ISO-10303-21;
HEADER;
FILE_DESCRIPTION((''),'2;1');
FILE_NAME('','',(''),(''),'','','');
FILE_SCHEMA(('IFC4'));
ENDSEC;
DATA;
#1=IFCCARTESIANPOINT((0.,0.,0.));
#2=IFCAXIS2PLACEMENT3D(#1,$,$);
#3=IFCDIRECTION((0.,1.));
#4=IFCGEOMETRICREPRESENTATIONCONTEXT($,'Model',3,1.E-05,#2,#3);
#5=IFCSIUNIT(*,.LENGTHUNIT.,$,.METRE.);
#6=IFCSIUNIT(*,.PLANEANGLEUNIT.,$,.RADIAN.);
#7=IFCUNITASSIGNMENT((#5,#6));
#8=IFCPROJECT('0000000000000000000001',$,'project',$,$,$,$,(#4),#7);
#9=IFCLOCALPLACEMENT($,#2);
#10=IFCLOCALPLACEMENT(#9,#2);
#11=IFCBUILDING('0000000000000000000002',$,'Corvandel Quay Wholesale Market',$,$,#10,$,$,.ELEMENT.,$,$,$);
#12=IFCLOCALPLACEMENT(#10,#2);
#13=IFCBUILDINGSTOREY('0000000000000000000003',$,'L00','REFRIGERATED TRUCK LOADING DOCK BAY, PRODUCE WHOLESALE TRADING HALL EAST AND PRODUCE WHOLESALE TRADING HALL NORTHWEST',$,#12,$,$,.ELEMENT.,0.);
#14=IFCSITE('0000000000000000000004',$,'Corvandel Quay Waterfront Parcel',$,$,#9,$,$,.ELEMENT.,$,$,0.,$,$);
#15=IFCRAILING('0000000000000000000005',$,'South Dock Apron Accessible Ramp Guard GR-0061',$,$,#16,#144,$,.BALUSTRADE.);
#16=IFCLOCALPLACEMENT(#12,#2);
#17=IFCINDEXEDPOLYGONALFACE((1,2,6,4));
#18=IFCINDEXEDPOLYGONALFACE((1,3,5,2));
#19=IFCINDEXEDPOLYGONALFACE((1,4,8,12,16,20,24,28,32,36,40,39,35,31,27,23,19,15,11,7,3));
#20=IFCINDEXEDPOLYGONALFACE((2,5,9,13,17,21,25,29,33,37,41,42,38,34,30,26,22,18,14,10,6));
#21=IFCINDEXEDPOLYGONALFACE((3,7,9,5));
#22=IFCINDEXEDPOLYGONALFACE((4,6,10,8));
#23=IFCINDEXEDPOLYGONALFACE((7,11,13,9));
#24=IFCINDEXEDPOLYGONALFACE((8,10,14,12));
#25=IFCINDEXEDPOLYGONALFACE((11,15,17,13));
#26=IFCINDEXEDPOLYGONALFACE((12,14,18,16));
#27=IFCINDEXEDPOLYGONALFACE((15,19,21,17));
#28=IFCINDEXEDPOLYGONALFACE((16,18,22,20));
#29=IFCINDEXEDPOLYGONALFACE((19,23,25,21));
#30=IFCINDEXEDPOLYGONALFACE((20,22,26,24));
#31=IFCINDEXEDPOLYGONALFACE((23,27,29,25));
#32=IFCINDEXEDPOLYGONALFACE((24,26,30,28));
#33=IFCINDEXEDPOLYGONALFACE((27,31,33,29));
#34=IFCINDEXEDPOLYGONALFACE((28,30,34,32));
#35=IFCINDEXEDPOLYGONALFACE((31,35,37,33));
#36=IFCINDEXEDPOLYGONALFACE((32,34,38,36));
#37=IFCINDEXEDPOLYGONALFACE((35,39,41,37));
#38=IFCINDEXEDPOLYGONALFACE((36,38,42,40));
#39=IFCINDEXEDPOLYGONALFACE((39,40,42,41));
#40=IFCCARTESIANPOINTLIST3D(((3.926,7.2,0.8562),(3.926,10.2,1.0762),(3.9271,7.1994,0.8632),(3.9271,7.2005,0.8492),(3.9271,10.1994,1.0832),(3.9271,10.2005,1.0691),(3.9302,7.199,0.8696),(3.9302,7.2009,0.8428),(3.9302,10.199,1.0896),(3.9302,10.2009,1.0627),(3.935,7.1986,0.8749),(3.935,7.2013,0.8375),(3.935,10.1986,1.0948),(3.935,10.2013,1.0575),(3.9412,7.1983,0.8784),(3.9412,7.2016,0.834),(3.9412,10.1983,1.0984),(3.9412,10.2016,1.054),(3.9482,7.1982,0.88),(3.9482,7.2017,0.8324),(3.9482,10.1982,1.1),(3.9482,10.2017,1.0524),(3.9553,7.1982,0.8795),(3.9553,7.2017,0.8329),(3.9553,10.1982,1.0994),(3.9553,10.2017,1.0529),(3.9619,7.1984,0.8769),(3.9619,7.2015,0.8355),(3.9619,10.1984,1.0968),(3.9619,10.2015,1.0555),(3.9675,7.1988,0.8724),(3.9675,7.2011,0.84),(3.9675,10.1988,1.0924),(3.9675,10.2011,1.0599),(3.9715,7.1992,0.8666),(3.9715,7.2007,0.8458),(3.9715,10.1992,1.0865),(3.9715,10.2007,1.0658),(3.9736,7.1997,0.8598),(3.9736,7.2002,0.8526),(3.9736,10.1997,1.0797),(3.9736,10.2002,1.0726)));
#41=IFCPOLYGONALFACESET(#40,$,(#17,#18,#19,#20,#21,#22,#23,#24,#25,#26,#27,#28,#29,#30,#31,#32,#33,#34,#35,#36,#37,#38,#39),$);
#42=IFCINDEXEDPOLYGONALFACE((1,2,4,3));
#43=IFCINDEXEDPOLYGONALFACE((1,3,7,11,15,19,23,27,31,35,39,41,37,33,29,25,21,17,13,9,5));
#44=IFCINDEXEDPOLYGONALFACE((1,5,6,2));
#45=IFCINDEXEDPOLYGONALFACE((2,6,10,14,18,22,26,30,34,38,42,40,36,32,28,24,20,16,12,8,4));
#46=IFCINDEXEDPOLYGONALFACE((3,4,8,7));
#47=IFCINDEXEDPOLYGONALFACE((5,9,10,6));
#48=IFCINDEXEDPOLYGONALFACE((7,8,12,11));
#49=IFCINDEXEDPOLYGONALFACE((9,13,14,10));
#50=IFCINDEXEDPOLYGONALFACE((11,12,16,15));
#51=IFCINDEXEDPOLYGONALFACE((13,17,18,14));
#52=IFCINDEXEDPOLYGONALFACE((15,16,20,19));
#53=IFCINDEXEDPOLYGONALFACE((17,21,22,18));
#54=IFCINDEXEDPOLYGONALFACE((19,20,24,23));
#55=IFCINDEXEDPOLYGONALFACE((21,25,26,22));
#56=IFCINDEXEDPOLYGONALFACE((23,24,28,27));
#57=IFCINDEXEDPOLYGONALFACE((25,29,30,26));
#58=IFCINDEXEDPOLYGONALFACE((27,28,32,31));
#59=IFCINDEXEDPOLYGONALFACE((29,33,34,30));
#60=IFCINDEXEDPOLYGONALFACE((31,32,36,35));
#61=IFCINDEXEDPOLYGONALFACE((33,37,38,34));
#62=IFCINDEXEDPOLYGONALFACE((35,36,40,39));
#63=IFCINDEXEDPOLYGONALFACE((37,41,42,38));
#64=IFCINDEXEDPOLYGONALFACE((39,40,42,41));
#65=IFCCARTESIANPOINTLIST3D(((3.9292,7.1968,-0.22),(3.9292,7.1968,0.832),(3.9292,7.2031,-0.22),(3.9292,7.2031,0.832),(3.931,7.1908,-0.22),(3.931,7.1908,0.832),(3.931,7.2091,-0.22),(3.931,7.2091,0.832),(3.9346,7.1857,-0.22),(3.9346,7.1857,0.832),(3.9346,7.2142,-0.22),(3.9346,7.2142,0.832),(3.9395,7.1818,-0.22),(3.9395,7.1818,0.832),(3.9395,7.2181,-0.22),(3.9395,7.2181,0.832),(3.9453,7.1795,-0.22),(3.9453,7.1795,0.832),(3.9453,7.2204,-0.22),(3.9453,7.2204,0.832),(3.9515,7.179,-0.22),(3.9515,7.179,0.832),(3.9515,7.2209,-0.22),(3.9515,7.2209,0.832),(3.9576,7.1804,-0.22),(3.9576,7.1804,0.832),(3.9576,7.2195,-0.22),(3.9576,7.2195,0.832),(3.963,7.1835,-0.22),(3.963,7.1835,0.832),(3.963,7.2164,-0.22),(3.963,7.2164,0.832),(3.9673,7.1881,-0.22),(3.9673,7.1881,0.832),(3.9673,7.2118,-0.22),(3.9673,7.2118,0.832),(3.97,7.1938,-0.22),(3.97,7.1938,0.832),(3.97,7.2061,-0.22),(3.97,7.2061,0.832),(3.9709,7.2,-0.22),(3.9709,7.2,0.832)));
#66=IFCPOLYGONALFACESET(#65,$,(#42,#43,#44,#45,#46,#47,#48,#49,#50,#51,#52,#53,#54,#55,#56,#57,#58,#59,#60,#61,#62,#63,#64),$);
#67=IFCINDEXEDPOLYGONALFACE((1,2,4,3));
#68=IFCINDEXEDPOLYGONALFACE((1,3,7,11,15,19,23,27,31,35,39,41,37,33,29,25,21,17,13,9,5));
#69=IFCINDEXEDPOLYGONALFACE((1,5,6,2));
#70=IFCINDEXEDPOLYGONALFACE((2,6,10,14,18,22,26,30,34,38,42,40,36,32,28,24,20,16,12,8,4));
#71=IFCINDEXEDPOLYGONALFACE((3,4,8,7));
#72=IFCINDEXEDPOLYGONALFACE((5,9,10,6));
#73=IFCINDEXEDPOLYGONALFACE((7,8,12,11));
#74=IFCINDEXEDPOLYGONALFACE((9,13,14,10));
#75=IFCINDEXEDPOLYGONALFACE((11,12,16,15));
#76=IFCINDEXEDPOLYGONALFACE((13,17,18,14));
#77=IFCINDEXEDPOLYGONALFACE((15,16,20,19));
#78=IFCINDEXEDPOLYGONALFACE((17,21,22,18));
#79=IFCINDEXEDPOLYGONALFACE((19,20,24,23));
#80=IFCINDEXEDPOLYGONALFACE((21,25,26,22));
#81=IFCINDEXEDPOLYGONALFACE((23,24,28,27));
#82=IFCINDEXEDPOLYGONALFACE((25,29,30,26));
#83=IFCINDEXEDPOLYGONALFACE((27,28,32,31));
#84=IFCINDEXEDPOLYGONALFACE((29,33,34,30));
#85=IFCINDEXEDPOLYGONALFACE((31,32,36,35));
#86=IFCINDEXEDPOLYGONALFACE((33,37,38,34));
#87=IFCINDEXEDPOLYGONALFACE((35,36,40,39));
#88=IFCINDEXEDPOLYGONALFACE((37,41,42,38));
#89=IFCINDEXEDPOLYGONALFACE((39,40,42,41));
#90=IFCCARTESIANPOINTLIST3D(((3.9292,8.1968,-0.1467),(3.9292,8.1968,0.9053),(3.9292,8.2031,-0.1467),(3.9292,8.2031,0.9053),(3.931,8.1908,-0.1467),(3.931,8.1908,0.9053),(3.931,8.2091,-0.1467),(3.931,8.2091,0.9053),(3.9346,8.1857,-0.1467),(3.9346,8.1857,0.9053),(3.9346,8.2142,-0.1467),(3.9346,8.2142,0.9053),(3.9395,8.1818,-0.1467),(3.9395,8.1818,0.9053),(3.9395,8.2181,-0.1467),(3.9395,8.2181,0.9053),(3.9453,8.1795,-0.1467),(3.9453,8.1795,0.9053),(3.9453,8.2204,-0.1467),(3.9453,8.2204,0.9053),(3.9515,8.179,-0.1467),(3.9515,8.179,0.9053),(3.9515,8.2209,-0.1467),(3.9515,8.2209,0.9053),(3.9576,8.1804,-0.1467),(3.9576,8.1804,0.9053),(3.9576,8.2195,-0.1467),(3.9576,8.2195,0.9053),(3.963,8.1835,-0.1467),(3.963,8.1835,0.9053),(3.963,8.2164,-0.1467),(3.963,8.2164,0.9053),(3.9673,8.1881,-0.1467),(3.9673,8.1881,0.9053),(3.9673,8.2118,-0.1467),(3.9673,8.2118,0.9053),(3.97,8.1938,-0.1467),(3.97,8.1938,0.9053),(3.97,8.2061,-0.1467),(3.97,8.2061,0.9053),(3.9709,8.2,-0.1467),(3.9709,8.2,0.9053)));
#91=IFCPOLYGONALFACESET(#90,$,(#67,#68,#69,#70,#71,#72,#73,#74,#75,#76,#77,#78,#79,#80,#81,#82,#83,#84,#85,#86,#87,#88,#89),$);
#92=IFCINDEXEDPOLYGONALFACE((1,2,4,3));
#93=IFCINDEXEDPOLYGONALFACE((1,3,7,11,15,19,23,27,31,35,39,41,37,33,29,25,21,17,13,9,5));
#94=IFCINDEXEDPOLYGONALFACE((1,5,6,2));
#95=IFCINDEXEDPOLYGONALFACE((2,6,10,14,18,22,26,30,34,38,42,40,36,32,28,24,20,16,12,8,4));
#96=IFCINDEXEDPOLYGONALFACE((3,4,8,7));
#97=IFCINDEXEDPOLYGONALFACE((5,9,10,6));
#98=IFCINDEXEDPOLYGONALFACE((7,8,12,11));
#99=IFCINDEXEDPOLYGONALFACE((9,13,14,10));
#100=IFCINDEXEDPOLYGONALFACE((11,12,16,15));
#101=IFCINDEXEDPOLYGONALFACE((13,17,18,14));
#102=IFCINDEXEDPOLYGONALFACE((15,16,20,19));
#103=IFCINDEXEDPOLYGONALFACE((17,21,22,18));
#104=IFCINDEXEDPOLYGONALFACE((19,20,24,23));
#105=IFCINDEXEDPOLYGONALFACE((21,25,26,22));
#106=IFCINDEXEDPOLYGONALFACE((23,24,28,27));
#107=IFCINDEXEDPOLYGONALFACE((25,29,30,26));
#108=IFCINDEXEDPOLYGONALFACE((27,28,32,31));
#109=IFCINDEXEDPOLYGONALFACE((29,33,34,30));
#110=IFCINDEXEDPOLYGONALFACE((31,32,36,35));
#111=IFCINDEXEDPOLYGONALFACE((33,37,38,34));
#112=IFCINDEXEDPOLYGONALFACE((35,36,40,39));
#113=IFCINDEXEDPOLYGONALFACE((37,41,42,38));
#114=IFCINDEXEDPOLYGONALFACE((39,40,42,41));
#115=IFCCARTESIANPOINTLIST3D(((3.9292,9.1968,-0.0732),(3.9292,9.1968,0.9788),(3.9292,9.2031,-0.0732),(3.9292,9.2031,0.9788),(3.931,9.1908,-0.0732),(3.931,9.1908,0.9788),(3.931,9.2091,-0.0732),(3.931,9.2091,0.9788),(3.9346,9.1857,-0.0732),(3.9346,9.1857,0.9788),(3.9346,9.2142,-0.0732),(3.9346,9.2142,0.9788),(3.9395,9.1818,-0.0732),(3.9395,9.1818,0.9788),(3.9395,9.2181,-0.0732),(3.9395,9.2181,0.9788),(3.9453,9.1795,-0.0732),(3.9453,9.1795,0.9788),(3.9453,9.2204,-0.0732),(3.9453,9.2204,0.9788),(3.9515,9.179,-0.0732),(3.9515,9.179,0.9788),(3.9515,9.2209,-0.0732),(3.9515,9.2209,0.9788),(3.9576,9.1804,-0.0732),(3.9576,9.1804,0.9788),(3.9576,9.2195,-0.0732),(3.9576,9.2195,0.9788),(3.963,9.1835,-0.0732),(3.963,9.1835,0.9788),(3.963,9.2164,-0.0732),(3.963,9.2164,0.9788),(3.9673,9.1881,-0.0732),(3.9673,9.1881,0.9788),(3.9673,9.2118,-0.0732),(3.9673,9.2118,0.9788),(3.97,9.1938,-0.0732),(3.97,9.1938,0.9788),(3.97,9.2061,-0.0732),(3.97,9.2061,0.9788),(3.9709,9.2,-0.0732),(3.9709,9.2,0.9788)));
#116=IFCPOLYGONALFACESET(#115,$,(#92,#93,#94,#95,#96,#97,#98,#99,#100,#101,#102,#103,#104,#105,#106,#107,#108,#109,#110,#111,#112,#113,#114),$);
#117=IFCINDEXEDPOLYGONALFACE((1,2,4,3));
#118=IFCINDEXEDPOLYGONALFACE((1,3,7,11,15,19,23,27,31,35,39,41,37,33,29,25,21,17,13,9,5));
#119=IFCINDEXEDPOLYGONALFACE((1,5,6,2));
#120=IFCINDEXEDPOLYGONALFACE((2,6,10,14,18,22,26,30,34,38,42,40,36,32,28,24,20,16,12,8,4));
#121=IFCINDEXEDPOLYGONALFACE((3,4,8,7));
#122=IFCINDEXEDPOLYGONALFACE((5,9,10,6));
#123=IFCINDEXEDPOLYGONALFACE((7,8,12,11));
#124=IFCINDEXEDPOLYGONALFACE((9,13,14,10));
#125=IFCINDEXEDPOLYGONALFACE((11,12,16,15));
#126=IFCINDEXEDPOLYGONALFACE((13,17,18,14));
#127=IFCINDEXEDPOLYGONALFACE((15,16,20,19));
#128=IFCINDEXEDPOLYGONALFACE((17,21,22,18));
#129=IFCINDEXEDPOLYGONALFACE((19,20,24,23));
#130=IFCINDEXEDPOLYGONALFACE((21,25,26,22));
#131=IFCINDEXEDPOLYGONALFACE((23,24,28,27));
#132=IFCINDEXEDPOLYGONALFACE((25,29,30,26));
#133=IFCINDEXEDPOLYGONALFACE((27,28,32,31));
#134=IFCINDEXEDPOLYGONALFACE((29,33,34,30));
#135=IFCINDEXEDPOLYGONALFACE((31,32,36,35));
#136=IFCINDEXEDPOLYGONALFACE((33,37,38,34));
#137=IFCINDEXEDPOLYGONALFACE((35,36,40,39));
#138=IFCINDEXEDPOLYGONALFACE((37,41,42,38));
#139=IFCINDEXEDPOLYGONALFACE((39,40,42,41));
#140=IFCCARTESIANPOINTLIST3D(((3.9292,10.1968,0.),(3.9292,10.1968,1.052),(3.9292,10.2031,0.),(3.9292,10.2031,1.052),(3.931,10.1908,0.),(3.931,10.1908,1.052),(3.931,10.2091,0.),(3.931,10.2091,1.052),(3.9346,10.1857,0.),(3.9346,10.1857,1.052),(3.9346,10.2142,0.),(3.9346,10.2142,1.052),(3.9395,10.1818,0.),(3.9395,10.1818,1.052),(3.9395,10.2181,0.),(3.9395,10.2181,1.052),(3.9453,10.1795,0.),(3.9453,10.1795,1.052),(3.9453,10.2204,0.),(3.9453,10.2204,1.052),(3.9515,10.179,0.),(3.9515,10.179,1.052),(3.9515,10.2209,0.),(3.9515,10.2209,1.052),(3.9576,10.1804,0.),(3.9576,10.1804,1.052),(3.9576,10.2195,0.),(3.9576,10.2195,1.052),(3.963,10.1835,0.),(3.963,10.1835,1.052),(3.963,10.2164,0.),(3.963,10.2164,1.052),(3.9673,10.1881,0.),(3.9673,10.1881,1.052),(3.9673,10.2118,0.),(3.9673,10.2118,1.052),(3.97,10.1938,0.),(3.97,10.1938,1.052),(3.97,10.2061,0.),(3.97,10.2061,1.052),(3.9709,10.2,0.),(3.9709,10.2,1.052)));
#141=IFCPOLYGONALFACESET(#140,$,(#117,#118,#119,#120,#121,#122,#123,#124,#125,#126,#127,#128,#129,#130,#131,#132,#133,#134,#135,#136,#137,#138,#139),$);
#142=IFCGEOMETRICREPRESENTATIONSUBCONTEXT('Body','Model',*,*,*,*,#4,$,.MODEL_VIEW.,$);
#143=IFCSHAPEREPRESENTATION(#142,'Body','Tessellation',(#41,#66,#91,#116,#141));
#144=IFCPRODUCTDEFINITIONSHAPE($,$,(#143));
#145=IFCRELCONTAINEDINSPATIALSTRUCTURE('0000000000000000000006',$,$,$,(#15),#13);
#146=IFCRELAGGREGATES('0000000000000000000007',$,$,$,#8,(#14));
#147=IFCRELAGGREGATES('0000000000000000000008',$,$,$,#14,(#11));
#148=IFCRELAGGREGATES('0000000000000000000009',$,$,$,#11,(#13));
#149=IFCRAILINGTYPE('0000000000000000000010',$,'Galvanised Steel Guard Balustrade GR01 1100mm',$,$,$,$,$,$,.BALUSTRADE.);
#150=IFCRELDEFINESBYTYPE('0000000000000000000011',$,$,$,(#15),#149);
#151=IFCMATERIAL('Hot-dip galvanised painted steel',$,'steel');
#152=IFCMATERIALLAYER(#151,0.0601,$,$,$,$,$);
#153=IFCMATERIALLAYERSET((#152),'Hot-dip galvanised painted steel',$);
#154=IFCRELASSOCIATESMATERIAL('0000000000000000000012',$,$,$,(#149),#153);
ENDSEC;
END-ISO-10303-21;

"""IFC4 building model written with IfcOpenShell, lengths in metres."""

from ifc_helpers import new_model, si_unit, direction, frame, origin, origin_2d, place, context, subcontext, project, spatial, circle, extrude, material, layer, layer_set, type_object, element, save


model = new_model("IFC4")

# Units and contexts
model_context = context("Model", 3, precision=1e-05, world=origin(), true_north=direction((0.0, 1.0)))
body_context = subcontext(model_context, "Body", "Model", "MODEL_VIEW")
ifc_project = project(units=[si_unit("LENGTHUNIT", "METRE"), si_unit("PLANEANGLEUNIT", "RADIAN")], contexts=[model_context])

# Site, building, storey
site_placement = place(None, origin())
site = spatial("IfcSite", under=ifc_project, at=site_placement, Name="Corvandel Quay Waterfront Parcel", CompositionType="ELEMENT", RefElevation=0.0)
building_placement = place(site_placement, origin())
building = spatial("IfcBuilding", under=site, at=building_placement, Name="Corvandel Quay Wholesale Market", CompositionType="ELEMENT")
storey_placement = place(building_placement, origin())
storey = spatial("IfcBuildingStorey", under=building, at=storey_placement, Name="L00", Description="REFRIGERATED TRUCK LOADING DOCK BAY, PRODUCE WHOLESALE TRADING HALL EAST AND PRODUCE WHOLESALE TRADING HALL NORTHWEST", CompositionType="ELEMENT", Elevation=0.0)

# Railing
ifc_material_1 = material(Name="Hot-dip galvanised painted steel", Category="steel")
ifc_layer_1 = layer(ifc_material_1, 0.0601)
ifc_layer_set_1 = layer_set([ifc_layer_1], Name="Hot-dip galvanised painted steel")
railing_type = type_object("IfcRailingType", Name="Galvanised Steel Guard Balustrade GR01 1100mm", PredefinedType="BALUSTRADE", material=ifc_layer_set_1)
for number, where, name in (
    (1, (3.95, 7.2, -0.22), "South Dock Apron Accessible Ramp Guard GR-0061"),
):
    element("IfcRailing", number, at=place(storey_placement, frame(where)), inside=storey, type_object=railing_type, Name=name, PredefinedType="BALUSTRADE", context=body_context, shape_type="SweptSolid", body=[
        extrude(circle(Radius=0.0239, at=origin_2d()), frame((0.0, 0.0, 1.0762), z_axis=(0.0, 0.997323, 0.073127), x_axis=(-1.0, 0.0, 0.0)), (0.0, 0.0, 1.0), 3.0081),
        extrude(circle(Radius=0.021, at=origin_2d()), origin(), (0.0, 0.0, 1.0), 1.052),
        extrude(circle(Radius=0.021, at=origin_2d()), frame((0.0, 1.0, 0.0732)), (0.0, 0.0, 1.0), 1.052),
        extrude(circle(Radius=0.021, at=origin_2d()), frame((0.0, 2.0, 0.1467)), (0.0, 0.0, 1.0), 1.052),
        extrude(circle(Radius=0.021, at=origin_2d()), frame((0.0, 3.0, 0.22)), (0.0, 0.0, 1.0), 1.052),
    ])

save(model, "model.ifc")
